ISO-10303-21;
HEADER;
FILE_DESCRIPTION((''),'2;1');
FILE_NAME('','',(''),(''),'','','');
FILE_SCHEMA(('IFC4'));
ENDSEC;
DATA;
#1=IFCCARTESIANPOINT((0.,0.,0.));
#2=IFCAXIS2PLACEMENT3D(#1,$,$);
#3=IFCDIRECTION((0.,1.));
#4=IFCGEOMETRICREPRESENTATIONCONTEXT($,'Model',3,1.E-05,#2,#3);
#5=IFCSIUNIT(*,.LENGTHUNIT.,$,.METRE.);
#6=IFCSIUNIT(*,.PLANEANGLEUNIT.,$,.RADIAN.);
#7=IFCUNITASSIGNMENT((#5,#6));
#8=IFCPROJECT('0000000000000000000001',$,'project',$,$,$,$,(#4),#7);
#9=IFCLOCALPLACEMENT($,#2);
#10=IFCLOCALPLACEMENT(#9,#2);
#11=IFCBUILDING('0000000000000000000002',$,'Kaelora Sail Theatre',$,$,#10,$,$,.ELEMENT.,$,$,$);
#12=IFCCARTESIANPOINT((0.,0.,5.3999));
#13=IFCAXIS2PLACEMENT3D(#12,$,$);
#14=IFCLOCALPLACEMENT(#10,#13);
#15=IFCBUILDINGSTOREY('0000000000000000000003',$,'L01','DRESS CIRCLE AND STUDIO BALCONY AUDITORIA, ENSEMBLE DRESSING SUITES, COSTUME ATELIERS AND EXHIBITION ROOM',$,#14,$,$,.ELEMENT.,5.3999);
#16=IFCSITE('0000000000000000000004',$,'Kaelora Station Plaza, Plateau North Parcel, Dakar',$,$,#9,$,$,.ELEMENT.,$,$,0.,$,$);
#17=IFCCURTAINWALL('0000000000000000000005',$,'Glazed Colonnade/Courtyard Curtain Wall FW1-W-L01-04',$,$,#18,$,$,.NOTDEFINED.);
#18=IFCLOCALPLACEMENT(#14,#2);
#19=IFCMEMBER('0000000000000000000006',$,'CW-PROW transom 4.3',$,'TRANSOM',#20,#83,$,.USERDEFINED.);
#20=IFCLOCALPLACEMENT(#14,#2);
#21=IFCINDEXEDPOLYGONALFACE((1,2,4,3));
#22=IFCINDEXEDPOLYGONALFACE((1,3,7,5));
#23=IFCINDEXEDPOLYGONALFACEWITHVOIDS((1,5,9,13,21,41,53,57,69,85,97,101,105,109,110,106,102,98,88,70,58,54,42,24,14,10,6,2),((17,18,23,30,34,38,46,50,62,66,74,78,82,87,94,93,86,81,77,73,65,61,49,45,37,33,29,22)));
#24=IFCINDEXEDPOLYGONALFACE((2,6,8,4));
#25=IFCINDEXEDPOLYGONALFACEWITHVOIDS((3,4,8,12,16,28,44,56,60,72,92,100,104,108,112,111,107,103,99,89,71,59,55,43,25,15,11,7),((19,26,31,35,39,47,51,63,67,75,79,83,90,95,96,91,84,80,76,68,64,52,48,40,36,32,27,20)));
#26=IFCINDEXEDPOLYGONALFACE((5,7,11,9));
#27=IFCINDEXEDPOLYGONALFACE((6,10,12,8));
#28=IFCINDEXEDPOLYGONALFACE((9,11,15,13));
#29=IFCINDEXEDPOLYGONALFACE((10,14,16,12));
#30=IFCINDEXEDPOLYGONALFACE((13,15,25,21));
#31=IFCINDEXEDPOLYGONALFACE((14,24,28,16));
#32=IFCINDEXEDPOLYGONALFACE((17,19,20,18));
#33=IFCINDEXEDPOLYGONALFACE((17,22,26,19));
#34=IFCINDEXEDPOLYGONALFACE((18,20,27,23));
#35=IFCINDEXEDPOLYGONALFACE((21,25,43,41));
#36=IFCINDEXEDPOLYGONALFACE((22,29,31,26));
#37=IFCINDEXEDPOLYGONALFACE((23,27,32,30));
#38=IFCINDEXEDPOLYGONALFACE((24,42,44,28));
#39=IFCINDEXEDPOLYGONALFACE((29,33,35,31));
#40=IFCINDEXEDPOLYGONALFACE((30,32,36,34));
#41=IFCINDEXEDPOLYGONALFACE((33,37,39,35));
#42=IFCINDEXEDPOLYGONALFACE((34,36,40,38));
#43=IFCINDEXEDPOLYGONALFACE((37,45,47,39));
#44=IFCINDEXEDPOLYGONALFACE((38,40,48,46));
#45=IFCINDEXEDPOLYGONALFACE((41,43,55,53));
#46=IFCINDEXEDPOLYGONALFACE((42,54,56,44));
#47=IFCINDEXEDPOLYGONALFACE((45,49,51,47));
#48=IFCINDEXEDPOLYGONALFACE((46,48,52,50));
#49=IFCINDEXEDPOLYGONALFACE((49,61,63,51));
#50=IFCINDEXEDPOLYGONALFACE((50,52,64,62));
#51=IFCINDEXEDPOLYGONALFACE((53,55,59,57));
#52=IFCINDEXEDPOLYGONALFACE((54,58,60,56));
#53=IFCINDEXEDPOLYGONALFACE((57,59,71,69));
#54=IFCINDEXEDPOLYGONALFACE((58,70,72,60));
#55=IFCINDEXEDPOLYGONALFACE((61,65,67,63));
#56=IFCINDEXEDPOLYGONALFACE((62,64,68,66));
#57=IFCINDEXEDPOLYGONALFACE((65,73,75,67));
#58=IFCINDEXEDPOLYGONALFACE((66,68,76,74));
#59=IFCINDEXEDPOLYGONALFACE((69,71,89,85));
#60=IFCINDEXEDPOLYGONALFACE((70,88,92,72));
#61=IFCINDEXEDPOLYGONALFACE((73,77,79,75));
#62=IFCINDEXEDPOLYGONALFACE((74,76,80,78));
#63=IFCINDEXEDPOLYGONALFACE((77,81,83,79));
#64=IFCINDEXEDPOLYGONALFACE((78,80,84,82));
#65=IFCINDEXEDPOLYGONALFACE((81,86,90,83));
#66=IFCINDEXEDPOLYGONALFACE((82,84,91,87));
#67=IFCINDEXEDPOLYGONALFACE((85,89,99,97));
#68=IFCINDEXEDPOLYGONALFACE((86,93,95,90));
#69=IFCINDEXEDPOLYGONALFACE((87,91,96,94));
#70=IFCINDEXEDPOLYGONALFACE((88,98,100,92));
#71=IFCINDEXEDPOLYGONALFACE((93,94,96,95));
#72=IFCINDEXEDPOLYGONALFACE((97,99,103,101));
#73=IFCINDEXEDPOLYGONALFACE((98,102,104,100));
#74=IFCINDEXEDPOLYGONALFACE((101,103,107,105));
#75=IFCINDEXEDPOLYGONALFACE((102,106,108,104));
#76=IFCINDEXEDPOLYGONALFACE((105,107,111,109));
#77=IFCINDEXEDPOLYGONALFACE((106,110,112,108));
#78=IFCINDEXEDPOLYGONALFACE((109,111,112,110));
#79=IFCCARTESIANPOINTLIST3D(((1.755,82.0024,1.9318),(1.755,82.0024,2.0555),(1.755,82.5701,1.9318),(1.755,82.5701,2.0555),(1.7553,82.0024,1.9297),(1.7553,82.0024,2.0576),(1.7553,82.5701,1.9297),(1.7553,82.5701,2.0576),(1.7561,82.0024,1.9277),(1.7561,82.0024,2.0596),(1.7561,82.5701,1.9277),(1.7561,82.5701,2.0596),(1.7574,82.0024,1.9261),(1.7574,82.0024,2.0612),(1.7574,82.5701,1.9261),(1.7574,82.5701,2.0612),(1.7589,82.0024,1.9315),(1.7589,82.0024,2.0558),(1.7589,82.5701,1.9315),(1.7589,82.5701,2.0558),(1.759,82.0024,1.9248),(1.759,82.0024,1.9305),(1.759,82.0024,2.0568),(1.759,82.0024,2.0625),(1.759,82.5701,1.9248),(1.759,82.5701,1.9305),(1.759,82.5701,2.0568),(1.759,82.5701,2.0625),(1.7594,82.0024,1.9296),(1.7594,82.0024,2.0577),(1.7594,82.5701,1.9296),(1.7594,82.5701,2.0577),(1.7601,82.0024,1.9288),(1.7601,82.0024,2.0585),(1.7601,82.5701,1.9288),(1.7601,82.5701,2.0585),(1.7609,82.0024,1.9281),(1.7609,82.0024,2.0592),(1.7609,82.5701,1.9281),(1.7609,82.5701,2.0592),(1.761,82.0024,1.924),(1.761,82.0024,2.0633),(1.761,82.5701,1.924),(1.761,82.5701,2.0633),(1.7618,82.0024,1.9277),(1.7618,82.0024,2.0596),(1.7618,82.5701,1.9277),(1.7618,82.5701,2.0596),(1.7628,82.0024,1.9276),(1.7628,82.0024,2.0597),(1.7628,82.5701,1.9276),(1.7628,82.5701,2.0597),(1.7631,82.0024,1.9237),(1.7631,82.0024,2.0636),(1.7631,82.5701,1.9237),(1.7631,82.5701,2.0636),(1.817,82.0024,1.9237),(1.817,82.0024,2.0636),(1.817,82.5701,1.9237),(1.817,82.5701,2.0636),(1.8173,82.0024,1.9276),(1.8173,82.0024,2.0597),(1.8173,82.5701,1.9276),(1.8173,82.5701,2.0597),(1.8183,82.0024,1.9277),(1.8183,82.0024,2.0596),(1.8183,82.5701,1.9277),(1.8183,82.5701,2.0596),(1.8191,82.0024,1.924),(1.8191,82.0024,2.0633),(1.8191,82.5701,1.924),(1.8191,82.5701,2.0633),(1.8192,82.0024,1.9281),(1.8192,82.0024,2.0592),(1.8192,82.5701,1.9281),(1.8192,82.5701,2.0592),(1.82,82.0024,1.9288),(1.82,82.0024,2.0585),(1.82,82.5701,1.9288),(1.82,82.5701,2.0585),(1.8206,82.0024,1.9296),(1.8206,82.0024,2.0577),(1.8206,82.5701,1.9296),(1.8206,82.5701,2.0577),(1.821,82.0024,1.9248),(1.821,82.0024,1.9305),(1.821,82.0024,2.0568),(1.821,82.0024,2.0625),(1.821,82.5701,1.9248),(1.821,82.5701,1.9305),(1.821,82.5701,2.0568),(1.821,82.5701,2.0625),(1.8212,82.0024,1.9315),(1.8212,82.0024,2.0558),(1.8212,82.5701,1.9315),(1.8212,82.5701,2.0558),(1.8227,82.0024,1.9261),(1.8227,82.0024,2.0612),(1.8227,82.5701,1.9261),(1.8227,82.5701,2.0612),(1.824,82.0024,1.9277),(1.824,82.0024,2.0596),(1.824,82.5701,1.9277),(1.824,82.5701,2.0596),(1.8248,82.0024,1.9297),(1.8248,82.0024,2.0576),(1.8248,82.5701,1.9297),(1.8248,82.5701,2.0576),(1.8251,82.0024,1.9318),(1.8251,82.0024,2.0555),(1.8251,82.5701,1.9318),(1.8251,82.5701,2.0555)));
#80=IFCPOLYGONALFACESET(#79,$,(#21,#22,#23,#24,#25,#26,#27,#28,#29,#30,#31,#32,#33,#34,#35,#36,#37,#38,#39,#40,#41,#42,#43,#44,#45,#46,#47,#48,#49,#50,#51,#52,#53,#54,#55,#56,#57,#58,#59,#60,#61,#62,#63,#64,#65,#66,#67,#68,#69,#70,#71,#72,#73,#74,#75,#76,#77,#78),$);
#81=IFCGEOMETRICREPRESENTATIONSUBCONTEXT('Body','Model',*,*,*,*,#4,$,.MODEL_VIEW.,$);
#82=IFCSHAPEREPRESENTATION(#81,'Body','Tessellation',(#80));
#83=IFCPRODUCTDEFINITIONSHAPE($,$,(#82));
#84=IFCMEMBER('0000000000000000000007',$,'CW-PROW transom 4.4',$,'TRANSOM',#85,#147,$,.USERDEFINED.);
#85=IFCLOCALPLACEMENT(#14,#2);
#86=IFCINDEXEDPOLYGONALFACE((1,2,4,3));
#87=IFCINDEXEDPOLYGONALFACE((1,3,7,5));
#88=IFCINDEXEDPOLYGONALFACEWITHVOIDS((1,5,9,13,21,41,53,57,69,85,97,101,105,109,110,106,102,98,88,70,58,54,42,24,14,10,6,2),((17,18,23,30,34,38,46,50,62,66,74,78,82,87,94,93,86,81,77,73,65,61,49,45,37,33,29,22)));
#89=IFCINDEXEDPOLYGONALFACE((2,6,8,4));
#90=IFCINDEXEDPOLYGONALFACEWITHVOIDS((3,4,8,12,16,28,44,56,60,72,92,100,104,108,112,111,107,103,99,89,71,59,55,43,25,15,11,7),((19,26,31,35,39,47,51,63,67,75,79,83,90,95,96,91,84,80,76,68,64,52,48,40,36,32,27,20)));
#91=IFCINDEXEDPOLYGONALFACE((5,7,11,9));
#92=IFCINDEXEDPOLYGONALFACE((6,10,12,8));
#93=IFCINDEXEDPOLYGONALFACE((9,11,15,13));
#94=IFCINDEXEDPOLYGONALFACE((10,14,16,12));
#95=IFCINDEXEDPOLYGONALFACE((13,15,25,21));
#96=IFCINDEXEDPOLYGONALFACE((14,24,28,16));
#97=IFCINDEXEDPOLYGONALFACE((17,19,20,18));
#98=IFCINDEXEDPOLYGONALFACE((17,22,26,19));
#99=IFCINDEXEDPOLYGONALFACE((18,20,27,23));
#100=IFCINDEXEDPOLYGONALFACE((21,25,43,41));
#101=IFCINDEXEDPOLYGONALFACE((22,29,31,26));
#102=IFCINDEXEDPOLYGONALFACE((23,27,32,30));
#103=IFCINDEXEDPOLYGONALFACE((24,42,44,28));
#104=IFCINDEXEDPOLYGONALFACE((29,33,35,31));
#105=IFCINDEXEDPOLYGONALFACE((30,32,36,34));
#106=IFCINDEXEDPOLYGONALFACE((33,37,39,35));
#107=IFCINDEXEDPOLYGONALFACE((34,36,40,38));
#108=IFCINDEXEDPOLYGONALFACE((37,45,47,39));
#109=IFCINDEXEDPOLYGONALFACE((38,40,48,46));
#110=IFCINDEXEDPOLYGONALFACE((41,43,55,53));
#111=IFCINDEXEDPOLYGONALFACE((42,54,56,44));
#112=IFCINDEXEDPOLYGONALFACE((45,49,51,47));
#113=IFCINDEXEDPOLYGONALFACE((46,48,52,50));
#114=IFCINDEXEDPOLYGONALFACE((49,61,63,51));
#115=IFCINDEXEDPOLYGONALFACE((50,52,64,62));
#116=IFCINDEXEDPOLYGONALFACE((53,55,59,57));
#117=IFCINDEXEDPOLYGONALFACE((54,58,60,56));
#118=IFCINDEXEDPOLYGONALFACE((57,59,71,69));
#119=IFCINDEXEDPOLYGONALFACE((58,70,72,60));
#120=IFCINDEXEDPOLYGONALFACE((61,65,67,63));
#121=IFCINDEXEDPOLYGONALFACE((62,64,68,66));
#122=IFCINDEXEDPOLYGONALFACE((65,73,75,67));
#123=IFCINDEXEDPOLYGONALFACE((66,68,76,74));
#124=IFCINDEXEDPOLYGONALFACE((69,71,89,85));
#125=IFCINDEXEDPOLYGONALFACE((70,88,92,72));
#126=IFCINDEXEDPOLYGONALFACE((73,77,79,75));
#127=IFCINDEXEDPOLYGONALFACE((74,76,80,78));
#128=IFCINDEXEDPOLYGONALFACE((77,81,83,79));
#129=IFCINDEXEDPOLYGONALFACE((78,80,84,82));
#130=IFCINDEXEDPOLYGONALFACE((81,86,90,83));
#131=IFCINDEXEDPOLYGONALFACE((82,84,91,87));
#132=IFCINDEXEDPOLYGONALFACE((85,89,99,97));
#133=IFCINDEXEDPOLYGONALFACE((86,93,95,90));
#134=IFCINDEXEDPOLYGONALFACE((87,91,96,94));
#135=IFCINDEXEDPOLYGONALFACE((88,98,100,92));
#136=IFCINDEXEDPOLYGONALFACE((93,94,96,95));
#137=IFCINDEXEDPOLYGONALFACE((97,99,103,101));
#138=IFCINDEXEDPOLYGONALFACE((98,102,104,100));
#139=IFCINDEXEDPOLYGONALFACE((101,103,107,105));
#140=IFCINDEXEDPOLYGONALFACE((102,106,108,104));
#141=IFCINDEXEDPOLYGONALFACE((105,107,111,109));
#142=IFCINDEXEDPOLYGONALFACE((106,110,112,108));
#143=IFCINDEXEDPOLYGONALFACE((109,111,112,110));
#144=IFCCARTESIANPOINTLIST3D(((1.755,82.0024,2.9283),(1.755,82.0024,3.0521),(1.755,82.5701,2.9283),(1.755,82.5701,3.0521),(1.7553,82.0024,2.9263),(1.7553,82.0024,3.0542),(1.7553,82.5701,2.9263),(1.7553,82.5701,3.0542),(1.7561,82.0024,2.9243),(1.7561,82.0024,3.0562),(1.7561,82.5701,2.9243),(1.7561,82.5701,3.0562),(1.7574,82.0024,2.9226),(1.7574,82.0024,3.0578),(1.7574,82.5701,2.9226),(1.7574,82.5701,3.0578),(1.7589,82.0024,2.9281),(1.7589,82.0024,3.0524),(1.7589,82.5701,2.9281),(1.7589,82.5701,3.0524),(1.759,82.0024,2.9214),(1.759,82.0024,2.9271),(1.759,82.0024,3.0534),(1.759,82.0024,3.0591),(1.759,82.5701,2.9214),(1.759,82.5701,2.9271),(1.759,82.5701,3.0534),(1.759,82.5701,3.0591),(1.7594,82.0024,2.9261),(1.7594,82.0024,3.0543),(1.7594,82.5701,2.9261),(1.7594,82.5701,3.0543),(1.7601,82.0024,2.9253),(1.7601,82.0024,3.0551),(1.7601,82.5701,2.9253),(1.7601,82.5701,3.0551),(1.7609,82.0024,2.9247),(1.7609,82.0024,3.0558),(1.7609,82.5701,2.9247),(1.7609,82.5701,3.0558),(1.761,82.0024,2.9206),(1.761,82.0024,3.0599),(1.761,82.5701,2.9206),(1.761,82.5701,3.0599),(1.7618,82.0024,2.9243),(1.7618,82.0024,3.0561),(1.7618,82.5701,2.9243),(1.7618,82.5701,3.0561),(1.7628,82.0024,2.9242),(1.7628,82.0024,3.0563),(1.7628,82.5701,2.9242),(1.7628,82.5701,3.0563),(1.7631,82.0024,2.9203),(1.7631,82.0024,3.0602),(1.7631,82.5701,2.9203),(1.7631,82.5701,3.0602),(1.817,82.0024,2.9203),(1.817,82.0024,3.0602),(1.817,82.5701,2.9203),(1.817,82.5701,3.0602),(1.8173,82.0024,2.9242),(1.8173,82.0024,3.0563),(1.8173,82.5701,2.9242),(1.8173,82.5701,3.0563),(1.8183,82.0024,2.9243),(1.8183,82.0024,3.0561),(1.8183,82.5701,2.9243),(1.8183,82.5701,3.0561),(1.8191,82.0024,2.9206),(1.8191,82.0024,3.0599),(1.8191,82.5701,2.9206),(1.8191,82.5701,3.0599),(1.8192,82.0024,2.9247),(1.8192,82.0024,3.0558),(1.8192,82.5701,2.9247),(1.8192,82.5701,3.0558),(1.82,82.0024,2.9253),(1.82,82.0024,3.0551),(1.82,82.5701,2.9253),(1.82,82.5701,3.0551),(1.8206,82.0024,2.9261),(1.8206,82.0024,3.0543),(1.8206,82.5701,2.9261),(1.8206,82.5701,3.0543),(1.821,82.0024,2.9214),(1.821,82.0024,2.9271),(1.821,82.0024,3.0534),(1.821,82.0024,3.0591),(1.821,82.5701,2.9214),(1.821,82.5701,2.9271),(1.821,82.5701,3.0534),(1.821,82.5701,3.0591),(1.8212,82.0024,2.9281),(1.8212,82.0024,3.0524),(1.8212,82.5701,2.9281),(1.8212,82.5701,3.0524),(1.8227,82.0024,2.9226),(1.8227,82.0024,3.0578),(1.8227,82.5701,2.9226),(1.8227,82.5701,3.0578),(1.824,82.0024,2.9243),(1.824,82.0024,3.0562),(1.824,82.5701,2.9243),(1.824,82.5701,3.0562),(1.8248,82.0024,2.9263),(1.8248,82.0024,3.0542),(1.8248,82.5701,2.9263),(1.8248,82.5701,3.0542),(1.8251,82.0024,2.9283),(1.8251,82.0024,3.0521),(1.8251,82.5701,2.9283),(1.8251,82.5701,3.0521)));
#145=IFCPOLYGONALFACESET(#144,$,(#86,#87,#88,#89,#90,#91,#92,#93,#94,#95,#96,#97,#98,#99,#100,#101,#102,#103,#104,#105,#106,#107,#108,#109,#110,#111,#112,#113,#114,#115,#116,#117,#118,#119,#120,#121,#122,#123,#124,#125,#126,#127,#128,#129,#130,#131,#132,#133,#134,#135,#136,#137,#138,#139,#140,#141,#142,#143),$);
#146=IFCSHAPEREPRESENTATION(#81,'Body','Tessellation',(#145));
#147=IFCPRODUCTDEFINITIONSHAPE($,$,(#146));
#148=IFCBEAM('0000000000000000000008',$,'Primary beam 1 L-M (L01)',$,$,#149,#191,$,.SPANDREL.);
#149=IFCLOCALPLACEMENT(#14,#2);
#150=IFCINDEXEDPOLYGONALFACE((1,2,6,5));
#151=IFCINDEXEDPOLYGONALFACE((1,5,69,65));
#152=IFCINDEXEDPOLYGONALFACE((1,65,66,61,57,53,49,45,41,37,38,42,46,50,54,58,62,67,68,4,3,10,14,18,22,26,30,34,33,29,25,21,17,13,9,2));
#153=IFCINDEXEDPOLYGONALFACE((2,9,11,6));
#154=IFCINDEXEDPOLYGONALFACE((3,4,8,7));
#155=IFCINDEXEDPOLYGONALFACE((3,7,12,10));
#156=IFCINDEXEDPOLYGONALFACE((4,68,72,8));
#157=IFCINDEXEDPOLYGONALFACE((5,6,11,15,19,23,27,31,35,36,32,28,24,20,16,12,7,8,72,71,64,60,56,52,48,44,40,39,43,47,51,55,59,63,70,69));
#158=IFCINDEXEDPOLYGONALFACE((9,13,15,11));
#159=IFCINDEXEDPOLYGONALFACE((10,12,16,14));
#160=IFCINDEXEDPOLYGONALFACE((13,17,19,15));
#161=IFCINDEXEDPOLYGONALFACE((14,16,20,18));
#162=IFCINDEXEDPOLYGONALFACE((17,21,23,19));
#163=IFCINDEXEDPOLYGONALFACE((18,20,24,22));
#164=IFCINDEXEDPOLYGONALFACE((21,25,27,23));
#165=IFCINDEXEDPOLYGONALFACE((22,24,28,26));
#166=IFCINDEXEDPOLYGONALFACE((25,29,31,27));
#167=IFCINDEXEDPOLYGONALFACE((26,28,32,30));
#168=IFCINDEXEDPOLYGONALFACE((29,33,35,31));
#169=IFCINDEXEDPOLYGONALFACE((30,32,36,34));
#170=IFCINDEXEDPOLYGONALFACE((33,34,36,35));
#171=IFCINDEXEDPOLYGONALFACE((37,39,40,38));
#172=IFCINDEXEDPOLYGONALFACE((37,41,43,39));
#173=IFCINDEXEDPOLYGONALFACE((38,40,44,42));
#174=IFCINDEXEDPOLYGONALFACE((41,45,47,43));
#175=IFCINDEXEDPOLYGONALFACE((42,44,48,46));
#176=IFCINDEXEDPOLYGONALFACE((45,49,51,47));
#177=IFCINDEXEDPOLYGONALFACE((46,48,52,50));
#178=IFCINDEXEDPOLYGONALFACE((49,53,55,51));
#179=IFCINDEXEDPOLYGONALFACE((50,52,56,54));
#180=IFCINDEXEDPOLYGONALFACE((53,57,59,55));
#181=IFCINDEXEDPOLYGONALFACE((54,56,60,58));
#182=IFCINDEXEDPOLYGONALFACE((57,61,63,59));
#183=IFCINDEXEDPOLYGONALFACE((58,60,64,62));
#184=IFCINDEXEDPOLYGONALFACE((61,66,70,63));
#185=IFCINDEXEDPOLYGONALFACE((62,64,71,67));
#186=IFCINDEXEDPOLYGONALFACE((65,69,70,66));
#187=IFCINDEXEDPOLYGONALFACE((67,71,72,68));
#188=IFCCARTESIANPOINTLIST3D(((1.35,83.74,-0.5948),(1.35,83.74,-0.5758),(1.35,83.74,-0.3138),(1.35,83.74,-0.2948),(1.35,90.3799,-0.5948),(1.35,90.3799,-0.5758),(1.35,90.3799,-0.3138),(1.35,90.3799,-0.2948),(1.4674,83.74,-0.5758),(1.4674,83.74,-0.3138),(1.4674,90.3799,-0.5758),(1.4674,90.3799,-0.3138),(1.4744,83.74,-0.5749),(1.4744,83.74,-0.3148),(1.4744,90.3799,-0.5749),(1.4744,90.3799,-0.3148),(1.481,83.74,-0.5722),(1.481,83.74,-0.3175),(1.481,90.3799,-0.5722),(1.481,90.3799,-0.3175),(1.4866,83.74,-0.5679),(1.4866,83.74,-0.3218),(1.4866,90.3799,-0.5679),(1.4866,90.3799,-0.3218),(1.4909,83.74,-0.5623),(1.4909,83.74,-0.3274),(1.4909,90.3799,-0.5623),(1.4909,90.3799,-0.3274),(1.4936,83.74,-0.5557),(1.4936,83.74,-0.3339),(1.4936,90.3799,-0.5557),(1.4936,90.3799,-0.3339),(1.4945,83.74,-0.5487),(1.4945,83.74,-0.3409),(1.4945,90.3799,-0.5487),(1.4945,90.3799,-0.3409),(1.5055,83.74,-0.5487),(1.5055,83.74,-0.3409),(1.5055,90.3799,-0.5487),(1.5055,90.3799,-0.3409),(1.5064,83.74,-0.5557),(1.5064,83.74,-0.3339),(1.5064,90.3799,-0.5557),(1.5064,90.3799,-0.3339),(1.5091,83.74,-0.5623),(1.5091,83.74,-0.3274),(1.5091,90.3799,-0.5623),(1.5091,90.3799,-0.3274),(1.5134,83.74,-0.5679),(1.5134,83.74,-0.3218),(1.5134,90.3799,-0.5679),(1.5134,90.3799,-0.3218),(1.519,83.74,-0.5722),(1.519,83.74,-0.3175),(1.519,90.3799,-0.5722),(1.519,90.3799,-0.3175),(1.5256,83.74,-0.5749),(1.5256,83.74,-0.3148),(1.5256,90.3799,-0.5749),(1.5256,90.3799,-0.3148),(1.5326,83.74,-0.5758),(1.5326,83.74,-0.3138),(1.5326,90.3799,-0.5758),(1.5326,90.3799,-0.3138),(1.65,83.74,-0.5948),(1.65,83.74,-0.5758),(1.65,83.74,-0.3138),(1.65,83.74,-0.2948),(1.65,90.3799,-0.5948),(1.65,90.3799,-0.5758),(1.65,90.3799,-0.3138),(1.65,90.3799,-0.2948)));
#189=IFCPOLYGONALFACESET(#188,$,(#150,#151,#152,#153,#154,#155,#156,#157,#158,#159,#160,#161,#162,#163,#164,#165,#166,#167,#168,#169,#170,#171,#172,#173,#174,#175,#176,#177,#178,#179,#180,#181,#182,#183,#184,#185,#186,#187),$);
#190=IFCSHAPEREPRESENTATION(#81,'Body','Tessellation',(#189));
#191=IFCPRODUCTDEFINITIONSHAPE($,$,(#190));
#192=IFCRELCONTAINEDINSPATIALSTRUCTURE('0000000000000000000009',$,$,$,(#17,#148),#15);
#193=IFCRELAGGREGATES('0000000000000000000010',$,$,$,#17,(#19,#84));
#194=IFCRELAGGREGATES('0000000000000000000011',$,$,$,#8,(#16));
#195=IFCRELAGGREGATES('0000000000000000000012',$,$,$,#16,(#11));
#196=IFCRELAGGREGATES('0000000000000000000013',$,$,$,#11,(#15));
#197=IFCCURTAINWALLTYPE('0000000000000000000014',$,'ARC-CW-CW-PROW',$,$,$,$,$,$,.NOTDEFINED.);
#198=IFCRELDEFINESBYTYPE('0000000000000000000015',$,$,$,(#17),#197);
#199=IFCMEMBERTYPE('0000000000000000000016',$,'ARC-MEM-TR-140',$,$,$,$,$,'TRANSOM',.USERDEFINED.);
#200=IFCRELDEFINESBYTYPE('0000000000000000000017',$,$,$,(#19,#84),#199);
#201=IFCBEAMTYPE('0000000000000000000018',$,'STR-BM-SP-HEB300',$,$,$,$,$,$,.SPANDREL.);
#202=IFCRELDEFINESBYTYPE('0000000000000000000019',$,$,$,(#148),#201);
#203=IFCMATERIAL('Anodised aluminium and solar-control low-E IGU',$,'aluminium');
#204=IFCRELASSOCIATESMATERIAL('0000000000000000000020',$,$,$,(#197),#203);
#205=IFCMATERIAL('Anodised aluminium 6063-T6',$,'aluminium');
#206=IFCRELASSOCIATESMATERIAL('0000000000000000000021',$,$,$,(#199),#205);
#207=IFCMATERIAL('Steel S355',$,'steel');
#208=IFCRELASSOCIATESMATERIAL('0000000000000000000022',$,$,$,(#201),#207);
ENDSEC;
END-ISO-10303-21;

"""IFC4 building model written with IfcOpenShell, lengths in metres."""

from ifc_helpers import new_model, si_unit, direction, frame, origin, origin_2d, place, context, subcontext, project, spatial, hollow_rectangle, i_section, extrude, material, material_profile, profile_set, type_object, element, aggregate, save


model = new_model("IFC4")

# Units and contexts
model_context = context("Model", 3, precision=1e-05, world=origin(), true_north=direction((0.0, 1.0)))
body_context = subcontext(model_context, "Body", "Model", "MODEL_VIEW")
ifc_project = project(units=[si_unit("LENGTHUNIT", "METRE"), si_unit("PLANEANGLEUNIT", "RADIAN")], contexts=[model_context])

# Site, building, storey
site_placement = place(None, origin())
site = spatial("IfcSite", under=ifc_project, at=site_placement, Name="Kaelora Station Plaza, Plateau North Parcel, Dakar", CompositionType="ELEMENT", RefElevation=0.0)
building_placement = place(site_placement, origin())
building = spatial("IfcBuilding", under=site, at=building_placement, Name="Kaelora Sail Theatre", CompositionType="ELEMENT")
storey_placement = place(building_placement, frame((0.0, 0.0, 5.3999)))
storey = spatial("IfcBuildingStorey", under=building, at=storey_placement, Name="L01", Description="DRESS CIRCLE AND STUDIO BALCONY AUDITORIA, ENSEMBLE DRESSING SUITES, COSTUME ATELIERS AND EXHIBITION ROOM", CompositionType="ELEMENT", Elevation=5.3999)

# Curtain wall, members
ifc_material_1 = material(Name="Anodised aluminium and solar-control low-E IGU", Category="aluminium")
curtain_wall_type = type_object("IfcCurtainWallType", Name="ARC-CW-CW-PROW", PredefinedType="NOTDEFINED", material=ifc_material_1)
curtain_wall_placement = place(storey_placement, origin())
curtain_wall = element("IfcCurtainWall", 1, at=curtain_wall_placement, inside=storey, type_object=curtain_wall_type, Name="Glazed Colonnade/Courtyard Curtain Wall FW1-W-L01-04", PredefinedType="NOTDEFINED")
ifc_material_2 = material(Name="Anodised aluminium 6063-T6", Category="aluminium")
ifc_material_profile_1 = material_profile(ifc_material_2, hollow_rectangle(XDim=0.0701, YDim=0.1399, WallThickness=0.0039, InnerFilletRadius=0.0039, OuterFilletRadius=0.0081, at=origin_2d()), Name="ALU-TRAN 70x140x4")
ifc_profile_set_1 = profile_set([ifc_material_profile_1], Name="Anodised aluminium 6063-T6")
member_type_1 = type_object("IfcMemberType", Name="ARC-MEM-TR-140", ElementType="TRANSOM", PredefinedType="USERDEFINED", material=ifc_profile_set_1)
member_1_placement = place(storey_placement, frame((1.79, 82.0024, 1.9937), z_axis=(0.0, 1.0, 0.0), x_axis=(-1.0, 0.0, 0.0)))
member_1 = element("IfcMember", 2, at=member_1_placement, type_object=member_type_1, Name="CW-PROW transom 4.3", ObjectType="TRANSOM", PredefinedType="USERDEFINED", context=body_context, shape_type="SweptSolid", body=[
    extrude(hollow_rectangle(XDim=0.0701, YDim=0.1399, WallThickness=0.0039, InnerFilletRadius=0.0039, OuterFilletRadius=0.0081, at=origin_2d()), origin(), (0.0, 0.0, 1.0), 0.5676),
])
member_2_placement = place(storey_placement, frame((1.79, 82.0024, 2.9902), z_axis=(0.0, 1.0, 0.0), x_axis=(-1.0, 0.0, 0.0)))
member_2 = element("IfcMember", 3, at=member_2_placement, type_object=member_type_1, Name="CW-PROW transom 4.4", ObjectType="TRANSOM", PredefinedType="USERDEFINED", context=body_context, shape_type="SweptSolid", body=[
    extrude(hollow_rectangle(XDim=0.0701, YDim=0.1399, WallThickness=0.0039, InnerFilletRadius=0.0039, OuterFilletRadius=0.0081, at=origin_2d()), origin(), (0.0, 0.0, 1.0), 0.5676),
])

# Beam
ifc_material_3 = material(Name="Steel S355", Category="steel")
ifc_material_profile_2 = material_profile(ifc_material_3, i_section(OverallWidth=0.3, OverallDepth=0.3, WebThickness=0.011, FlangeThickness=0.019, FilletRadius=0.0271, at=origin_2d()), Name="HEB 300")
ifc_profile_set_2 = profile_set([ifc_material_profile_2], Name="Steel S355")
beam_type = type_object("IfcBeamType", Name="STR-BM-SP-HEB300", PredefinedType="SPANDREL", material=ifc_profile_set_2)
beam_placement = place(storey_placement, frame((1.5, 83.74, -0.4448), z_axis=(0.0, 1.0, 0.0), x_axis=(-1.0, 0.0, 0.0)))
element("IfcBeam", 4, at=beam_placement, inside=storey, type_object=beam_type, Name="Primary beam 1 L-M (L01)", PredefinedType="SPANDREL", context=body_context, shape_type="SweptSolid", body=[
    extrude(i_section(OverallWidth=0.3, OverallDepth=0.3, WebThickness=0.011, FlangeThickness=0.019, FilletRadius=0.0271, at=origin_2d()), origin(), (0.0, 0.0, 1.0), 6.6399),
])

aggregate(curtain_wall, [member_1, member_2])

save(model, "model.ifc")
